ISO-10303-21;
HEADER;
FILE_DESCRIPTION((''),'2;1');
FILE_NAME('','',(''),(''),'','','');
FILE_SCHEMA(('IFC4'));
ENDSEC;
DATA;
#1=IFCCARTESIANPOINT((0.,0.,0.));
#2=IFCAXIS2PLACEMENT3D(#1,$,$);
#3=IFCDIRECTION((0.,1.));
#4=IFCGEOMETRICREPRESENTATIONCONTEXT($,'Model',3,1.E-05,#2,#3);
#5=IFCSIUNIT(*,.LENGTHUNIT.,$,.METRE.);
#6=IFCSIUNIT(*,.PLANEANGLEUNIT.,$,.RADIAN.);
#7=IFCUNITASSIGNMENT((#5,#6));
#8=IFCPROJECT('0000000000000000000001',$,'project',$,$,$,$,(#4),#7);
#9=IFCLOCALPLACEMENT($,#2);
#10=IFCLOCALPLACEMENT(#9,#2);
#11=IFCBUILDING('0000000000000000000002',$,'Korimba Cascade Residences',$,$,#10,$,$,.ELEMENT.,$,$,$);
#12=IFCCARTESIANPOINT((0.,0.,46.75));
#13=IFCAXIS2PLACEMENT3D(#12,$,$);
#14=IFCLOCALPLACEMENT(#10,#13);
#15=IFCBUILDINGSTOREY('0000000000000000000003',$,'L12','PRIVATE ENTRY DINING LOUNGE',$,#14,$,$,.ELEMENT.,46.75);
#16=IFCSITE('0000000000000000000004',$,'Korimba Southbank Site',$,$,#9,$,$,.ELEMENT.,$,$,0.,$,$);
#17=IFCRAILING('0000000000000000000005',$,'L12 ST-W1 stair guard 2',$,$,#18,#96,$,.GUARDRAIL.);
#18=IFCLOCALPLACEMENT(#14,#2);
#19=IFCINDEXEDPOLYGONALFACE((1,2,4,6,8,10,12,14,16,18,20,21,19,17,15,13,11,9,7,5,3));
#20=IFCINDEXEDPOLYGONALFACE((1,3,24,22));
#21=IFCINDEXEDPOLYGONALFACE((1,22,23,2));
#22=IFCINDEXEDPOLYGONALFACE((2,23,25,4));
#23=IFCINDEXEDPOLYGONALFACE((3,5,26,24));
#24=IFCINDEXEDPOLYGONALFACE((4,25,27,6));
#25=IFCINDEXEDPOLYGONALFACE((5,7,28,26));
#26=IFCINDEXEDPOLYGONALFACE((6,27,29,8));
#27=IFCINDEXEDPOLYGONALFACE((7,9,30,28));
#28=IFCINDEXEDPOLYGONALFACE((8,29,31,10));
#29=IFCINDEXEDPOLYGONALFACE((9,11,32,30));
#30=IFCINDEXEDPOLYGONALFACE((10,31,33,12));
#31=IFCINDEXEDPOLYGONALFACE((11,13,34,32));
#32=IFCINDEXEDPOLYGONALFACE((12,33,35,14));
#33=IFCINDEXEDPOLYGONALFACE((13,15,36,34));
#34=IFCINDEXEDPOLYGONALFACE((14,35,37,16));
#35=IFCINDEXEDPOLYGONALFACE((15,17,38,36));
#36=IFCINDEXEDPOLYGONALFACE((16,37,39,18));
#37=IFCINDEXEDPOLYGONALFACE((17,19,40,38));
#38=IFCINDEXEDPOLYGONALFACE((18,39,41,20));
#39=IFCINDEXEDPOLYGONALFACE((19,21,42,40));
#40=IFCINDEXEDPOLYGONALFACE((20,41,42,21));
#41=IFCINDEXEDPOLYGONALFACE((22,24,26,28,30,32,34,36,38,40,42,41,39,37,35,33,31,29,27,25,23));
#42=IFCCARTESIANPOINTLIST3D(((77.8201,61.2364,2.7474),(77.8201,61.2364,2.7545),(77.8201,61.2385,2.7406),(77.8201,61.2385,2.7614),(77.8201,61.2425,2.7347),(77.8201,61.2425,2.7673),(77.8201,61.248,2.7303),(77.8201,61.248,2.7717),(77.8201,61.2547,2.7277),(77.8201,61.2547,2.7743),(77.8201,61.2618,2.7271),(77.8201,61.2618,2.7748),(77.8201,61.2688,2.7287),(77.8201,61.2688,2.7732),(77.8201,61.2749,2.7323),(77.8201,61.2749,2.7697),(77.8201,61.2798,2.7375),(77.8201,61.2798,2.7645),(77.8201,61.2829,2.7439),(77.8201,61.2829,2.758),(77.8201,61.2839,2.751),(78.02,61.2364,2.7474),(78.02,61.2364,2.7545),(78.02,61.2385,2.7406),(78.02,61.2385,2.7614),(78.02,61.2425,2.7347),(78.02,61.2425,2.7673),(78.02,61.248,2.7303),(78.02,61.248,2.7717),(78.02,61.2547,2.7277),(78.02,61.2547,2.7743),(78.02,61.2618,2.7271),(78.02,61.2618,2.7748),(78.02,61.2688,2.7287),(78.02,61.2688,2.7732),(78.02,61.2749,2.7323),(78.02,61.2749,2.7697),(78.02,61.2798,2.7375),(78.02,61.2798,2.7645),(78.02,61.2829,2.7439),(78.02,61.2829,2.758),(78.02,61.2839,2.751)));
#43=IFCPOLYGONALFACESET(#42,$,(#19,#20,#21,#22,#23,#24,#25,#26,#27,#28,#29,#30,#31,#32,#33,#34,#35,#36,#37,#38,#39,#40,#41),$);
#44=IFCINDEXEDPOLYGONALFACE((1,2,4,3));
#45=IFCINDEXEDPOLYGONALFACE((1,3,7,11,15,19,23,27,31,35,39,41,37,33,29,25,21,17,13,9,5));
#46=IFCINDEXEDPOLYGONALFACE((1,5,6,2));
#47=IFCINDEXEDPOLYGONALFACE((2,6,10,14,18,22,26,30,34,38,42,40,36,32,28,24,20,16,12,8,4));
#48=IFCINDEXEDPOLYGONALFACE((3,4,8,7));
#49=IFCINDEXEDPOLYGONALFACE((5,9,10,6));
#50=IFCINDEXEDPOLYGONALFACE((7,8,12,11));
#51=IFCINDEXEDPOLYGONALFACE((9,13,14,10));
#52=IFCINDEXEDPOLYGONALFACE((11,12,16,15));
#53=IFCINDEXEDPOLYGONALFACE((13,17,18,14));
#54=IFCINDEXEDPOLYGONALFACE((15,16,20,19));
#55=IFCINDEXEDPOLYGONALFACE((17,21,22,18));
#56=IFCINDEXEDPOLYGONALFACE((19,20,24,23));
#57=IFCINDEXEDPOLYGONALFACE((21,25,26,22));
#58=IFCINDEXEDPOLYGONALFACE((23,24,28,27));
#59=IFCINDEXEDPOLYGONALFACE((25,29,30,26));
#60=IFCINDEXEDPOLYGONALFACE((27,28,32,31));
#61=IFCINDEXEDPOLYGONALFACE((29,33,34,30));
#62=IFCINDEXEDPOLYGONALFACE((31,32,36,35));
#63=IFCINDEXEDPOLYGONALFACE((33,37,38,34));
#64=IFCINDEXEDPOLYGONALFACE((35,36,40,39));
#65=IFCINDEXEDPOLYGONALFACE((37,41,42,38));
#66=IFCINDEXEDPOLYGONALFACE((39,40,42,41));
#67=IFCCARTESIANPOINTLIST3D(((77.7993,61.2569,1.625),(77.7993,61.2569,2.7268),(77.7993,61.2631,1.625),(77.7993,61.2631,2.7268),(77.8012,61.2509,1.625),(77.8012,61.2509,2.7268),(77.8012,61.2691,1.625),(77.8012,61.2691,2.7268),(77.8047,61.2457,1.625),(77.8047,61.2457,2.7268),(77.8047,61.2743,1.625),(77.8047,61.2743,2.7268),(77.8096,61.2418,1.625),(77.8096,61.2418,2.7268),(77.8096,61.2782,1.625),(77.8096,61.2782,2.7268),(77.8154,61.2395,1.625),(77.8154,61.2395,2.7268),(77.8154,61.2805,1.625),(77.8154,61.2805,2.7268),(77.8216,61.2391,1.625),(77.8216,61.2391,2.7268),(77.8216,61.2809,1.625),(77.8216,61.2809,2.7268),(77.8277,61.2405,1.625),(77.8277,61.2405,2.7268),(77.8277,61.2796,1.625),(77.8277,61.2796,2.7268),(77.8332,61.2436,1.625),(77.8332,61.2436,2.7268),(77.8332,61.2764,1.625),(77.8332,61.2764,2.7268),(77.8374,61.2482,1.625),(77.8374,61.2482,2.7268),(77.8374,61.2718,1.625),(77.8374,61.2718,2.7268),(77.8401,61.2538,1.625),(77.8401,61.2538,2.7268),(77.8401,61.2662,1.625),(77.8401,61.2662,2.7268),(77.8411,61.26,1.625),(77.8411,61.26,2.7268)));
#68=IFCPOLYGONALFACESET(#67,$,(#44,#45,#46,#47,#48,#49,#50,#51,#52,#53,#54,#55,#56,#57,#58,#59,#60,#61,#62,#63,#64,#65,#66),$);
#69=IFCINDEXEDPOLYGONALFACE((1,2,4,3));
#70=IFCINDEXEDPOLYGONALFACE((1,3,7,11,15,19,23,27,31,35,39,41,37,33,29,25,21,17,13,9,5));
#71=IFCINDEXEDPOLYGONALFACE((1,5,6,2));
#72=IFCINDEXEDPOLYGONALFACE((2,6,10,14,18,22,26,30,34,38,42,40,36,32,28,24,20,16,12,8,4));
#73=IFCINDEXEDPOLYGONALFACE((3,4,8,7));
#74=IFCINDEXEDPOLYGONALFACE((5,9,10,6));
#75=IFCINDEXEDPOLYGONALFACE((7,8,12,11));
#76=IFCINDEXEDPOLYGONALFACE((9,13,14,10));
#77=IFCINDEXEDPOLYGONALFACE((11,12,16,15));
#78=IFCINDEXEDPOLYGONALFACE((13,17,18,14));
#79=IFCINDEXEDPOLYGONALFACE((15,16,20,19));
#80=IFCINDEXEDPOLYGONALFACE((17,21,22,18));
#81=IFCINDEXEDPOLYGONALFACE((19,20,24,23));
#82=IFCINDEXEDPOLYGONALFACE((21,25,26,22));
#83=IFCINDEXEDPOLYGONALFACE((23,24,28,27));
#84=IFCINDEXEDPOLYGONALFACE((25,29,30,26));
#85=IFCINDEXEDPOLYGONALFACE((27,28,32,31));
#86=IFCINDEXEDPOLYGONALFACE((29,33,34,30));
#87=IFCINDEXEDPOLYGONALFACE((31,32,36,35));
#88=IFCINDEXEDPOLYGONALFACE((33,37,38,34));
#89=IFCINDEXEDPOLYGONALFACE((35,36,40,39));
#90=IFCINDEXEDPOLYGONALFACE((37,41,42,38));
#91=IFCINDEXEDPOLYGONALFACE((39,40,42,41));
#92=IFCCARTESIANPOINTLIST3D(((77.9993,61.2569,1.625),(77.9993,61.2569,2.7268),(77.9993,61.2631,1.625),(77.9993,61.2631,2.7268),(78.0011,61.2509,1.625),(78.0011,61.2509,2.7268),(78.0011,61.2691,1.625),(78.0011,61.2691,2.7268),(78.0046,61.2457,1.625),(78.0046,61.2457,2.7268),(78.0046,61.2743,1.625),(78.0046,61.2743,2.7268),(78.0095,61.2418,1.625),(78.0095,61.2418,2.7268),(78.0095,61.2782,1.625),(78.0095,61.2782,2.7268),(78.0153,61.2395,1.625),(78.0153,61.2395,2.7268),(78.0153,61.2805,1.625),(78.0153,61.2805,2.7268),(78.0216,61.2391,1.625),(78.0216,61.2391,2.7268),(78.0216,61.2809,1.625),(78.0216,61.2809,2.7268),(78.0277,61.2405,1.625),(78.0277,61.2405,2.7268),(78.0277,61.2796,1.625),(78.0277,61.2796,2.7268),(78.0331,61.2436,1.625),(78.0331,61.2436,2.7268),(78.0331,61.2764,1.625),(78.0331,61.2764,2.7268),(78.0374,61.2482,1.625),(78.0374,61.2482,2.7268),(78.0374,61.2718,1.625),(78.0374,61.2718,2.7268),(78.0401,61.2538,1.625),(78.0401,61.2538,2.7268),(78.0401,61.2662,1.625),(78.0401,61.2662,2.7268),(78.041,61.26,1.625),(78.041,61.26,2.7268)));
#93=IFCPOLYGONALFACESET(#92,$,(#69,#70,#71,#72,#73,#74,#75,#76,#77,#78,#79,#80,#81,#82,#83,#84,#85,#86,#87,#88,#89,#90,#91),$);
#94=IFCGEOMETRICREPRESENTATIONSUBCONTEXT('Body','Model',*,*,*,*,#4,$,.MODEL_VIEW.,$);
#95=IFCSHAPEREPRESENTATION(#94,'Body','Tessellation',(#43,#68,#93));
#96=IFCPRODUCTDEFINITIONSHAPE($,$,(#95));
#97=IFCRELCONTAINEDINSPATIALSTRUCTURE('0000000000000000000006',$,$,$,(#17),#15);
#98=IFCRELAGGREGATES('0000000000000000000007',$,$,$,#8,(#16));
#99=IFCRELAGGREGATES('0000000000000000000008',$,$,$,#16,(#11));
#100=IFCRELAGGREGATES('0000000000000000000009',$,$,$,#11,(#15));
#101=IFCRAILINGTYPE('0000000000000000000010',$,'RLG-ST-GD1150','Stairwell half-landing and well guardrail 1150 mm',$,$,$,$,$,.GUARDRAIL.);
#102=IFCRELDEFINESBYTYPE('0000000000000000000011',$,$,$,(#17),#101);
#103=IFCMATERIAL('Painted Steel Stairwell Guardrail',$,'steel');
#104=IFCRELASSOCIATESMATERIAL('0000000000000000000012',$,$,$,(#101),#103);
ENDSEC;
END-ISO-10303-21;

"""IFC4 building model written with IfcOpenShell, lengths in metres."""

from ifc_helpers import new_model, si_unit, direction, frame, origin, origin_2d, place, context, subcontext, project, spatial, circle, extrude, material, type_object, element, save


model = new_model("IFC4")

# Units and contexts
model_context = context("Model", 3, precision=1e-05, world=origin(), true_north=direction((0.0, 1.0)))
body_context = subcontext(model_context, "Body", "Model", "MODEL_VIEW")
ifc_project = project(units=[si_unit("LENGTHUNIT", "METRE"), si_unit("PLANEANGLEUNIT", "RADIAN")], contexts=[model_context])

# Site, building, storey
site_placement = place(None, origin())
site = spatial("IfcSite", under=ifc_project, at=site_placement, Name="Korimba Southbank Site", CompositionType="ELEMENT", RefElevation=0.0)
building_placement = place(site_placement, origin())
building = spatial("IfcBuilding", under=site, at=building_placement, Name="Korimba Cascade Residences", CompositionType="ELEMENT")
storey_placement = place(building_placement, frame((0.0, 0.0, 46.75)))
storey = spatial("IfcBuildingStorey", under=building, at=storey_placement, Name="L12", Description="PRIVATE ENTRY DINING LOUNGE", CompositionType="ELEMENT", Elevation=46.75)

# Railing
ifc_material_1 = material(Name="Painted Steel Stairwell Guardrail", Category="steel")
railing_type_1 = type_object("IfcRailingType", Name="RLG-ST-GD1150", Description="Stairwell half-landing and well guardrail 1150 mm", PredefinedType="GUARDRAIL", material=ifc_material_1)
railing_1_placement = place(storey_placement, frame((77.8201, 61.26, 1.625)))
element("IfcRailing", 1, at=railing_1_placement, inside=storey, type_object=railing_type_1, Name="L12 ST-W1 stair guard 2", PredefinedType="GUARDRAIL", context=body_context, shape_type="SweptSolid", body=[
    extrude(circle(Radius=0.0239, at=origin_2d()), frame((0.0, 0.0, 1.126), z_axis=(1.0, 0.0, 0.0), x_axis=(0.0, 1.0, 0.0)), (0.0, 0.0, 1.0), 0.2),
    extrude(circle(Radius=0.021, at=origin_2d()), origin(), (0.0, 0.0, 1.0), 1.1018),
    extrude(circle(Radius=0.021, at=origin_2d()), frame((0.2, 0.0, 0.0)), (0.0, 0.0, 1.0), 1.1018),
])

save(model, "model.ifc")
